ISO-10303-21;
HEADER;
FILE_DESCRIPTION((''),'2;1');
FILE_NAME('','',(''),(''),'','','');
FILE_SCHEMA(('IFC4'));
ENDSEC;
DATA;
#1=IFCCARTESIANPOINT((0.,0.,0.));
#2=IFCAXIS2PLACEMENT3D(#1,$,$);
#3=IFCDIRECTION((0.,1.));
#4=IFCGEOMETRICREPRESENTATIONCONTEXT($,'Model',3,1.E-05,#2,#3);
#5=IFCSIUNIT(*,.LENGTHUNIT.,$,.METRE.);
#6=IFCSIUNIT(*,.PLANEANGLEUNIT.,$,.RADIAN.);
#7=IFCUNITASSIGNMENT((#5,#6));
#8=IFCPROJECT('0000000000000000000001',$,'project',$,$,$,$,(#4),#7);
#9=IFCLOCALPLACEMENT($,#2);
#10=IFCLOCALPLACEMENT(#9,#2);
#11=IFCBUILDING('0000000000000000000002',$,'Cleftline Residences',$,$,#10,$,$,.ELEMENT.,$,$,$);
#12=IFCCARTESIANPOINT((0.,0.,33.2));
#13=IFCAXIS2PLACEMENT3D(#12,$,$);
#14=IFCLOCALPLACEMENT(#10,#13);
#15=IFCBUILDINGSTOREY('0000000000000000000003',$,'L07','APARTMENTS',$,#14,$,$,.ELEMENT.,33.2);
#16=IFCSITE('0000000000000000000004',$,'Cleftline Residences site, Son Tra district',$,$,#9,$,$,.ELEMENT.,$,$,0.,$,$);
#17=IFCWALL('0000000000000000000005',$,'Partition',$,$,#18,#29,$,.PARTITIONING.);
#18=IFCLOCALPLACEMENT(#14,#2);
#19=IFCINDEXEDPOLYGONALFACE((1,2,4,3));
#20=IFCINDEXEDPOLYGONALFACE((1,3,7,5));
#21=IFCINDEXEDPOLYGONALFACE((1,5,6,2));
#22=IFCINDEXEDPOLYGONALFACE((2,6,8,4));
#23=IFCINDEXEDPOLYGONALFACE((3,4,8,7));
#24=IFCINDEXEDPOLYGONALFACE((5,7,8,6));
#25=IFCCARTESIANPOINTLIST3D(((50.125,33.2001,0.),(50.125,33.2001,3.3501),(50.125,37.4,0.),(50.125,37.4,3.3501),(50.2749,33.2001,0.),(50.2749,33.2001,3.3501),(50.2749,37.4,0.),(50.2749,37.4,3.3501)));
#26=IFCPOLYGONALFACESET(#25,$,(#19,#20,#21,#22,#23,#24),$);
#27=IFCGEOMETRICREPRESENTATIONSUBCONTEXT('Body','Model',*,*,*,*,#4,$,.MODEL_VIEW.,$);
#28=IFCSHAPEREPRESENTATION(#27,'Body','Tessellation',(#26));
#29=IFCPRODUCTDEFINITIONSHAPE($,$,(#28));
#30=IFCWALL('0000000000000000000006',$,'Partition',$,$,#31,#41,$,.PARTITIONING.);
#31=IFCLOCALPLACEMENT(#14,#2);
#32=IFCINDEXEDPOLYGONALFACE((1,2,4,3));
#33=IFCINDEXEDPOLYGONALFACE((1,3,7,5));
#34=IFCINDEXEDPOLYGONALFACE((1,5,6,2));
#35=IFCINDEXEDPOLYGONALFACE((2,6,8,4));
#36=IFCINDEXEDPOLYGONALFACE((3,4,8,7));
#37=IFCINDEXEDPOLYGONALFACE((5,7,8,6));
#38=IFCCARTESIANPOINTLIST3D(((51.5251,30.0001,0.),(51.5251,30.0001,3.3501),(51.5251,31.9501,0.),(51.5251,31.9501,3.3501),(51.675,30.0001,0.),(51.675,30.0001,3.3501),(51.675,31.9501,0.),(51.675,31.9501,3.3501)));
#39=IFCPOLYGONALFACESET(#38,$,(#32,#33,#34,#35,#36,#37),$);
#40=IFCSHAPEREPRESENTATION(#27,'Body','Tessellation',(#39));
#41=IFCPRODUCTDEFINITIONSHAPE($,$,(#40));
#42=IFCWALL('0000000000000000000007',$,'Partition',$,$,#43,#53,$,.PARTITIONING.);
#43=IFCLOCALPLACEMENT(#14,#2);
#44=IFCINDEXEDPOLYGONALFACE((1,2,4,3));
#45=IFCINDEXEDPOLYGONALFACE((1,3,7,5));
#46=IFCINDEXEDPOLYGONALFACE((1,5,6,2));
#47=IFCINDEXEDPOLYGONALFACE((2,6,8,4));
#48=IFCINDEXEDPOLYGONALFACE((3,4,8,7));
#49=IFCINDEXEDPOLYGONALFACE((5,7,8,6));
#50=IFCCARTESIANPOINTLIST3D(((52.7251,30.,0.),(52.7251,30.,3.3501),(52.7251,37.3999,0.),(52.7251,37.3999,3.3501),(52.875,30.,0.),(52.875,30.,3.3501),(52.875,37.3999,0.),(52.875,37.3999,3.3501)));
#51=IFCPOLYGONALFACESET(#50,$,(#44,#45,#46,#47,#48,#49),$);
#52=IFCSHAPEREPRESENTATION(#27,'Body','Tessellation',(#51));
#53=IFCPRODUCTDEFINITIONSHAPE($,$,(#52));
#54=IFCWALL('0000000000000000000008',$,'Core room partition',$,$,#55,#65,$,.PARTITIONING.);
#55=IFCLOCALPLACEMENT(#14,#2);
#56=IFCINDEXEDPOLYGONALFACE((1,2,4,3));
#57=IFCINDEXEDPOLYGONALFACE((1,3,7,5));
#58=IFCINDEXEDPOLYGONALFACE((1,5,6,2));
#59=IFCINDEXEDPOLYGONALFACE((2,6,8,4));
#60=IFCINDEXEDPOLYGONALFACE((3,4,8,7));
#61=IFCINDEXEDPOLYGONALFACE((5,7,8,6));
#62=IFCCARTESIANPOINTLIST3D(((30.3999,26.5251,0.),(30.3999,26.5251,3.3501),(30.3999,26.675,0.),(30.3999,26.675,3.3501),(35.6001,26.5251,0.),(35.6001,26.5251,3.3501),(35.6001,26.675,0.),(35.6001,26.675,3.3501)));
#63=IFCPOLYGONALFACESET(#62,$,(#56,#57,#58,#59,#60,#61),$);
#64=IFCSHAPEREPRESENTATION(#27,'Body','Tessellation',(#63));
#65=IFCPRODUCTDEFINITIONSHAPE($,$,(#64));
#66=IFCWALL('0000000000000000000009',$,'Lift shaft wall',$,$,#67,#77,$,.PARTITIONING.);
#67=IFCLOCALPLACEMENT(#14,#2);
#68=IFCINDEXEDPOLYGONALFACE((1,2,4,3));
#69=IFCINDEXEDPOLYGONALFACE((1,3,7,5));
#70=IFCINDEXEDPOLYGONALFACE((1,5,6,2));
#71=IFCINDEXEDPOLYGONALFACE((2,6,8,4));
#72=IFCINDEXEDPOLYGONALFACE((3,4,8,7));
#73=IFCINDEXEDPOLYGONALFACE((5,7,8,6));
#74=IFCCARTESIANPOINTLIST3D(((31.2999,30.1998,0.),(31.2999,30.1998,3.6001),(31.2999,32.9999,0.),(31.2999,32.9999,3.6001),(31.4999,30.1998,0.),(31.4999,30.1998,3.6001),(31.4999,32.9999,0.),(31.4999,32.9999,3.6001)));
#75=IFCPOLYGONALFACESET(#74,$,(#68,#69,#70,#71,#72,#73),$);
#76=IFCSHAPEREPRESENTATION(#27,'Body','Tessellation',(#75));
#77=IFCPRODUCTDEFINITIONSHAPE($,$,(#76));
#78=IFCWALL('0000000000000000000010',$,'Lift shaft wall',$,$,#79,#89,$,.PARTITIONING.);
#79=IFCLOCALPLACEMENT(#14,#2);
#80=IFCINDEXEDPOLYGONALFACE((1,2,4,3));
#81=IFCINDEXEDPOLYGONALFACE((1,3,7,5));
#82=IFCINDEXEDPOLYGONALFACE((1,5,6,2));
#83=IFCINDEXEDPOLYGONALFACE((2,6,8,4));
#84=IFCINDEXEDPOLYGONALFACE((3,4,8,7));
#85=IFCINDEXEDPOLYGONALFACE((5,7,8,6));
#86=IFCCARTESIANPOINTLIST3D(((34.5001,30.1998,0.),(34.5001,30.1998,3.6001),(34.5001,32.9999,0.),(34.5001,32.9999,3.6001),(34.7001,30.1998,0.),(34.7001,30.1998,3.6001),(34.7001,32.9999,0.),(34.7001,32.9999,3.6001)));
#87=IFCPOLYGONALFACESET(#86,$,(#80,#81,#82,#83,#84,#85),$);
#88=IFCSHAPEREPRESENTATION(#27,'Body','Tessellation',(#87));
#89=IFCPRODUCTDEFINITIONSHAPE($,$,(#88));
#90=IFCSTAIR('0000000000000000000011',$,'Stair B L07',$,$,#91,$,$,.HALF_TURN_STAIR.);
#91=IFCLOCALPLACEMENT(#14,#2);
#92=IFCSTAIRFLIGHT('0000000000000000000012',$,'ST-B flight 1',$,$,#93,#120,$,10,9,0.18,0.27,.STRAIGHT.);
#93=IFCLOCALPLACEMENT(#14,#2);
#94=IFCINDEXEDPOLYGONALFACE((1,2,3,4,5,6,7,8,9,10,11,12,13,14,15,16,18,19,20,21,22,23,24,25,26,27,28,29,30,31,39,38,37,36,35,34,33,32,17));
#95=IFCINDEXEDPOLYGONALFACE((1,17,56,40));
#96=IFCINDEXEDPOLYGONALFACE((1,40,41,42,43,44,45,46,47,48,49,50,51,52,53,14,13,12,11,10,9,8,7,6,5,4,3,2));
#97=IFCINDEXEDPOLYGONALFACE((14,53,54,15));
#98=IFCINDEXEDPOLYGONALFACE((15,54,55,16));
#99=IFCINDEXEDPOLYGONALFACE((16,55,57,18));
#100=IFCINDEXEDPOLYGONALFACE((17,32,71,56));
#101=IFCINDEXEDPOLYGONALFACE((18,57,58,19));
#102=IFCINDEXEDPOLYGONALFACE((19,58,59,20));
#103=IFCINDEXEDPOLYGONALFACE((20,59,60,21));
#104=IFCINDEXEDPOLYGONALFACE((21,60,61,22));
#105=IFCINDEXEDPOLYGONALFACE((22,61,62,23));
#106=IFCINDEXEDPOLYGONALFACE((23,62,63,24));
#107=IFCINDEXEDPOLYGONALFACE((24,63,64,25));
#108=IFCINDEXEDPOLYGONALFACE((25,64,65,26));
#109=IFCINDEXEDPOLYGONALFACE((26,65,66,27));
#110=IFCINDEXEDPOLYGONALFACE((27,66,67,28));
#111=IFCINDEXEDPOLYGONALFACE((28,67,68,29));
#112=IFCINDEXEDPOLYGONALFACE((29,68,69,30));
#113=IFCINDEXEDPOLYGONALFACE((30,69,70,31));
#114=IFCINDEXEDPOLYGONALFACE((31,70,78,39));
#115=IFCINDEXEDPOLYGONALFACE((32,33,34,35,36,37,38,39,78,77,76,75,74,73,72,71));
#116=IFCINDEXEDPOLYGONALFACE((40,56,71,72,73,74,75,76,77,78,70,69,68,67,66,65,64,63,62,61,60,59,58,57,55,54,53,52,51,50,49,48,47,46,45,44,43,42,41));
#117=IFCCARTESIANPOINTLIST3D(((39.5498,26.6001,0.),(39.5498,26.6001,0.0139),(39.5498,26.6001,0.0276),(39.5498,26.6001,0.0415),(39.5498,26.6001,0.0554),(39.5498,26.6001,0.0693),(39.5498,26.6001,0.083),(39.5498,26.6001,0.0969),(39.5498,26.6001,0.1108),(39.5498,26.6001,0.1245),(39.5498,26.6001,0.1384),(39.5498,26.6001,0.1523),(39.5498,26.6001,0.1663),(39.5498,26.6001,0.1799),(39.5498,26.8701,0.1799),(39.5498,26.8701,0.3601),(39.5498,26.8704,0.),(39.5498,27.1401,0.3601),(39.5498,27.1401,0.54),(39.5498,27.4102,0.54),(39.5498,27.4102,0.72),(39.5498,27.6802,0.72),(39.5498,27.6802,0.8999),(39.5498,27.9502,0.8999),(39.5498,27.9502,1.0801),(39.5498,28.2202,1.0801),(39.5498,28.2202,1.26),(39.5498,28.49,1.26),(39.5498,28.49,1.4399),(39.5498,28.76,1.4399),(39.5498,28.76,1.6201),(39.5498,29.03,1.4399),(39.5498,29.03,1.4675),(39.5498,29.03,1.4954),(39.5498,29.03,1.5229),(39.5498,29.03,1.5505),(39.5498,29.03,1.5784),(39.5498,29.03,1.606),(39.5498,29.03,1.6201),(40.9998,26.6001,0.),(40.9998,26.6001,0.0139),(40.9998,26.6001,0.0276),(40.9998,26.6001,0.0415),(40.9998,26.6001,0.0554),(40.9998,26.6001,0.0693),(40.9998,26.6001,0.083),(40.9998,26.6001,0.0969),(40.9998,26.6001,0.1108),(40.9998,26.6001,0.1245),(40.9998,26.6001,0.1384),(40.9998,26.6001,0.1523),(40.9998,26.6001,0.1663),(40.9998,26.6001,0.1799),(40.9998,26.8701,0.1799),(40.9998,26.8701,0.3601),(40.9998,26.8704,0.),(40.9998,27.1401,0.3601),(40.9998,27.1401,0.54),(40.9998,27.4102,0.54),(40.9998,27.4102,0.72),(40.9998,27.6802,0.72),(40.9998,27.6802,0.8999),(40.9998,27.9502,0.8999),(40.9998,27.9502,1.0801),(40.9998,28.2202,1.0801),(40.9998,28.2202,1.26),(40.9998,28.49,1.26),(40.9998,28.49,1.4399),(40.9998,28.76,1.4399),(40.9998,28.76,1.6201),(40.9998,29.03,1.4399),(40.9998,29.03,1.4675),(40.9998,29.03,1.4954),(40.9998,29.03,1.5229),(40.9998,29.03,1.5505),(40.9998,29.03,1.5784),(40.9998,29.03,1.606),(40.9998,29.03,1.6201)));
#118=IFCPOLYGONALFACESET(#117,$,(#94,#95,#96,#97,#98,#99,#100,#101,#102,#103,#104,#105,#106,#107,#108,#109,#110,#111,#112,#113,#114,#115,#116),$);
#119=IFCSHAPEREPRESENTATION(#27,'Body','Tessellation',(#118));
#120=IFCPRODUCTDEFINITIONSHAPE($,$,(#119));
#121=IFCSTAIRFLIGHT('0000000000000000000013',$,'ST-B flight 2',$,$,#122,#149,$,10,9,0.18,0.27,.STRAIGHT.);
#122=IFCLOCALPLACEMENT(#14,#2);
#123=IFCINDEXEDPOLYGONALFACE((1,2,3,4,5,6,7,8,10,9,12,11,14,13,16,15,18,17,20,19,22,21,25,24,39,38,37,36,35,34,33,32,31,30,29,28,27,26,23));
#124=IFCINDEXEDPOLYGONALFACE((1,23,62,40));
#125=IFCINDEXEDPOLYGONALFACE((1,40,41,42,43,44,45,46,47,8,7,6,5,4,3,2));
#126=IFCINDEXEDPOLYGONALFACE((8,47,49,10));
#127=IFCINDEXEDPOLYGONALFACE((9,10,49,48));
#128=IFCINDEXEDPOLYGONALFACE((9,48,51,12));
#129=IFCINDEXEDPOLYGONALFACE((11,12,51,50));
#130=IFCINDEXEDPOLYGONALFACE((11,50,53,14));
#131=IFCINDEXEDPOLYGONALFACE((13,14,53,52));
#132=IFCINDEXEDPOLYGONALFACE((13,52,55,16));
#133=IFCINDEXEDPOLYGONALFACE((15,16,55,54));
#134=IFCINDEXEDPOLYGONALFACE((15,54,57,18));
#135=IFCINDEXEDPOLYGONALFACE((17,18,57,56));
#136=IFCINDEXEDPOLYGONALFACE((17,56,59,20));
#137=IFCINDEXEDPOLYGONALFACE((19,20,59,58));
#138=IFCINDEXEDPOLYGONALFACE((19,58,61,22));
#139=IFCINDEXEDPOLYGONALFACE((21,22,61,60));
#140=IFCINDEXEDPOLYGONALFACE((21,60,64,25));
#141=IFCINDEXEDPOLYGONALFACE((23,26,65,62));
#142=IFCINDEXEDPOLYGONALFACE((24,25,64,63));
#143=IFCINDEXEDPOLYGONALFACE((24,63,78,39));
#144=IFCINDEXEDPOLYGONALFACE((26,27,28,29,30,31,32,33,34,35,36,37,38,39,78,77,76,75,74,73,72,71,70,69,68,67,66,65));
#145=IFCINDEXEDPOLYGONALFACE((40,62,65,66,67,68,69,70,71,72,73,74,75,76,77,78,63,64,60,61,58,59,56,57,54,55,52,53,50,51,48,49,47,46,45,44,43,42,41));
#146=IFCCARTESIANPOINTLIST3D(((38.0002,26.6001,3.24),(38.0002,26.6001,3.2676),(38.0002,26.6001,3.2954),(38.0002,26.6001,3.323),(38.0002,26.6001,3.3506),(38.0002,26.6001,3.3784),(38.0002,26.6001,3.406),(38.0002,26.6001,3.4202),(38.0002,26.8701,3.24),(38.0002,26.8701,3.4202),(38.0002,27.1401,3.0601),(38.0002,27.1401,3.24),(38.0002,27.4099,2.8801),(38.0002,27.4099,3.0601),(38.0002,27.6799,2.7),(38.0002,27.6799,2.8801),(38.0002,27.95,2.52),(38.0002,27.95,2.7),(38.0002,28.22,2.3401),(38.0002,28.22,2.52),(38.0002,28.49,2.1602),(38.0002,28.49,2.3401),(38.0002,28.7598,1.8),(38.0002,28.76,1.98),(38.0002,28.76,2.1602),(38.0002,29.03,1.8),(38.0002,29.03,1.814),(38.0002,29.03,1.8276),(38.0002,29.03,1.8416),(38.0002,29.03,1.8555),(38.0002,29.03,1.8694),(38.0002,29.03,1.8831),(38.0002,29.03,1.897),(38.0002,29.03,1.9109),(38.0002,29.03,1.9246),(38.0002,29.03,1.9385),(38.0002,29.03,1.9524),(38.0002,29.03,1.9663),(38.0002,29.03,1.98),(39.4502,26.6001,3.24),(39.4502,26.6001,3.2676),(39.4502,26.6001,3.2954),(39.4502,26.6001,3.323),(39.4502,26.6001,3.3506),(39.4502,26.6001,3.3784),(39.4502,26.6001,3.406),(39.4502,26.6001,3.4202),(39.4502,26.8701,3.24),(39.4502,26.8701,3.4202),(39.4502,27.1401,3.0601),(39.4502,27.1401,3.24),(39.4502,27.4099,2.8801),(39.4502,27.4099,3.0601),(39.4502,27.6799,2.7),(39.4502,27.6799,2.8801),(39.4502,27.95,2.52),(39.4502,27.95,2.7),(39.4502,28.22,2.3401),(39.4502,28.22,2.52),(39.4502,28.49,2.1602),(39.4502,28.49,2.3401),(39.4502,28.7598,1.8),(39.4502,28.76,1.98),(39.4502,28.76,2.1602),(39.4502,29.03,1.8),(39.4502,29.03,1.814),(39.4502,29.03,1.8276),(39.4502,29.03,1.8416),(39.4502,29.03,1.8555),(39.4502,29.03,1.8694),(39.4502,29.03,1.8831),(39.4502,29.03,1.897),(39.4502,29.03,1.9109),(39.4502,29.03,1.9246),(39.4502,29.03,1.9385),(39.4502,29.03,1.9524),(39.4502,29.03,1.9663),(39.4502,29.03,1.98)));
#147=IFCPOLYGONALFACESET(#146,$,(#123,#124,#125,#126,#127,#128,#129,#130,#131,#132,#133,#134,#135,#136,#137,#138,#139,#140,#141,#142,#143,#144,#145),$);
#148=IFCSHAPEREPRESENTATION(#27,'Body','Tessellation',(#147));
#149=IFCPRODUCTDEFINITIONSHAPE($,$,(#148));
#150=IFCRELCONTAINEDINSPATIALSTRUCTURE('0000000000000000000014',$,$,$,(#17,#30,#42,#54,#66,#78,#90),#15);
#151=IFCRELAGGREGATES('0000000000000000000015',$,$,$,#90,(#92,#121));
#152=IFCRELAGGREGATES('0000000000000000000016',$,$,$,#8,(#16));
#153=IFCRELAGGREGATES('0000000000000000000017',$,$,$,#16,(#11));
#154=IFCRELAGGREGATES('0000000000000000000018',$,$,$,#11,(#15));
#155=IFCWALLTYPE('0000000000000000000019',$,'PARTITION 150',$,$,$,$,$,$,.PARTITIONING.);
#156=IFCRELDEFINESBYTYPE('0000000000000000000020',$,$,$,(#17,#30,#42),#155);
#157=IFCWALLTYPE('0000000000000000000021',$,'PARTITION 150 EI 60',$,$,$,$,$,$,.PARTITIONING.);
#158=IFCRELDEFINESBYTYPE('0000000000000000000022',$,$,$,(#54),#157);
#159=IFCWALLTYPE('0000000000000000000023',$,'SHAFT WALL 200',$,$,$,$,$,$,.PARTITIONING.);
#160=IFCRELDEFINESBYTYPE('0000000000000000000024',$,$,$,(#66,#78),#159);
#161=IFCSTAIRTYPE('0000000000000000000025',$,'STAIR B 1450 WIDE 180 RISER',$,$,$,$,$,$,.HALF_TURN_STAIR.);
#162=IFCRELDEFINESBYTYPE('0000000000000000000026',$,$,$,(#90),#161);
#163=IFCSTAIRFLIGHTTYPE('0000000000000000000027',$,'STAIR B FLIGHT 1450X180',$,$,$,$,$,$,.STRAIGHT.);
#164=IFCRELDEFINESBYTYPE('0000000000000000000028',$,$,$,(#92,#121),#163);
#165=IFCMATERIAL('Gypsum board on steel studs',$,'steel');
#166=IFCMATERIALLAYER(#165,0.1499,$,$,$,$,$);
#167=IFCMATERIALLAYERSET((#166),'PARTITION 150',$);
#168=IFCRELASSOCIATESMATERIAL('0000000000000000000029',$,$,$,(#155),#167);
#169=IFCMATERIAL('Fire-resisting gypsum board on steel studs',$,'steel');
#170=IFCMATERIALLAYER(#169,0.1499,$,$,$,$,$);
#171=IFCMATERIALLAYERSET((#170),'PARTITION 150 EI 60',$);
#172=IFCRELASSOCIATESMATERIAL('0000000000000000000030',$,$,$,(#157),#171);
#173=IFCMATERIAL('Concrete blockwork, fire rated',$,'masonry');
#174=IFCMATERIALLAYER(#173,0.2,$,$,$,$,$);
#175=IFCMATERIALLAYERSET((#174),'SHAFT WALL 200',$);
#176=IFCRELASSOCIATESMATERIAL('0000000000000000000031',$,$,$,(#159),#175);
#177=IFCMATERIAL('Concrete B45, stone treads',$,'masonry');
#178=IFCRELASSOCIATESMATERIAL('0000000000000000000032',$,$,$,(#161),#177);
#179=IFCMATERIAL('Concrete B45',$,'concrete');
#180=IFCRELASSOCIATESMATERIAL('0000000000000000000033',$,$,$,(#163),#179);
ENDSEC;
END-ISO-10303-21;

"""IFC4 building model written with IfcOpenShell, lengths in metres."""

from ifc_helpers import new_model, si_unit, direction, frame, frame_2d, origin, place, context, subcontext, project, spatial, polyline, rectangle, outline, extrude, material, layer, layer_set, type_object, element, aggregate, save


model = new_model("IFC4")

# Units and contexts
model_context = context("Model", 3, precision=1e-05, world=origin(), true_north=direction((0.0, 1.0)))
body_context = subcontext(model_context, "Body", "Model", "MODEL_VIEW")
ifc_project = project(units=[si_unit("LENGTHUNIT", "METRE"), si_unit("PLANEANGLEUNIT", "RADIAN")], contexts=[model_context])

# Site, building, storey
site_placement = place(None, origin())
site = spatial("IfcSite", under=ifc_project, at=site_placement, Name="Cleftline Residences site, Son Tra district", CompositionType="ELEMENT", RefElevation=0.0)
building_placement = place(site_placement, origin())
building = spatial("IfcBuilding", under=site, at=building_placement, Name="Cleftline Residences", CompositionType="ELEMENT")
storey_placement = place(building_placement, frame((0.0, 0.0, 33.2)))
storey = spatial("IfcBuildingStorey", under=building, at=storey_placement, Name="L07", Description="APARTMENTS", CompositionType="ELEMENT", Elevation=33.2)

# Shared definitions
ifc_material_1 = material(Name="Gypsum board on steel studs", Category="steel")
ifc_layer_1 = layer(ifc_material_1, 0.1499)
ifc_layer_set_1 = layer_set([ifc_layer_1], Name="PARTITION 150")
wall_type_1 = type_object("IfcWallType", Name="PARTITION 150", PredefinedType="PARTITIONING", material=ifc_layer_set_1)

# Walls
wall_1_placement = place(storey_placement, frame((50.2, 33.2, 0.0), z_axis=(0.0, 0.0, 1.0), x_axis=(0.0, 1.0, 0.0)))
element("IfcWall", 1, at=wall_1_placement, inside=storey, type_object=wall_type_1, Name="Partition", PredefinedType="PARTITIONING", context=body_context, shape_type="SweptSolid", body=[
    extrude(rectangle(XDim=4.2, YDim=0.1499, at=frame_2d((2.1001, 0.0))), origin(), (0.0, 0.0, 1.0), 3.3501),
])
wall_2_placement = place(storey_placement, frame((51.6001, 30.0, 0.0), z_axis=(0.0, 0.0, 1.0), x_axis=(0.0, 1.0, 0.0)))
element("IfcWall", 2, at=wall_2_placement, inside=storey, type_object=wall_type_1, Name="Partition", PredefinedType="PARTITIONING", context=body_context, shape_type="SweptSolid", body=[
    extrude(rectangle(XDim=1.95, YDim=0.1499, at=frame_2d((0.9751, 0.0))), origin(), (0.0, 0.0, 1.0), 3.3501),
])
wall_3_placement = place(storey_placement, frame((52.8, 30.0, 0.0), z_axis=(0.0, 0.0, 1.0), x_axis=(0.0, 1.0, 0.0)))
element("IfcWall", 3, at=wall_3_placement, inside=storey, type_object=wall_type_1, Name="Partition", PredefinedType="PARTITIONING", context=body_context, shape_type="SweptSolid", body=[
    extrude(rectangle(XDim=7.3999, YDim=0.1499, at=frame_2d((3.7, 0.0))), origin(), (0.0, 0.0, 1.0), 3.3501),
])
ifc_material_2 = material(Name="Fire-resisting gypsum board on steel studs", Category="steel")
ifc_layer_2 = layer(ifc_material_2, 0.1499)
ifc_layer_set_2 = layer_set([ifc_layer_2], Name="PARTITION 150 EI 60")
wall_type_2 = type_object("IfcWallType", Name="PARTITION 150 EI 60", PredefinedType="PARTITIONING", material=ifc_layer_set_2)
wall_4_placement = place(storey_placement, frame((30.3999, 26.6001, 0.0), z_axis=(0.0, 0.0, 1.0), x_axis=(1.0, 0.0, 0.0)))
element("IfcWall", 4, at=wall_4_placement, inside=storey, type_object=wall_type_2, Name="Core room partition", PredefinedType="PARTITIONING", context=body_context, shape_type="SweptSolid", body=[
    extrude(rectangle(XDim=5.2002, YDim=0.1499, at=frame_2d((2.6001, 0.0))), origin(), (0.0, 0.0, 1.0), 3.3501),
])
ifc_material_3 = material(Name="Concrete blockwork, fire rated", Category="masonry")
ifc_layer_3 = layer(ifc_material_3, 0.2)
ifc_layer_set_3 = layer_set([ifc_layer_3], Name="SHAFT WALL 200")
wall_type_3 = type_object("IfcWallType", Name="SHAFT WALL 200", PredefinedType="PARTITIONING", material=ifc_layer_set_3)
for number, where, z_axis, x_axis, name in (
    (5, (31.3999, 30.2, 0.0), (0.0, 0.0, 1.0), (0.0, 1.0, 0.0), "Lift shaft wall"),
    (6, (34.6001, 30.2, 0.0), (0.0, 0.0, 1.0), (0.0, 1.0, 0.0), "Lift shaft wall"),
):
    element("IfcWall", number, at=place(storey_placement, frame(where, z_axis=z_axis, x_axis=x_axis)), inside=storey, type_object=wall_type_3, Name=name, PredefinedType="PARTITIONING", context=body_context, shape_type="SweptSolid", body=[
        extrude(rectangle(XDim=2.8, YDim=0.2, at=frame_2d((1.3999, 0.0))), origin(), (0.0, 0.0, 1.0), 3.6001),
    ])

# Stair, stair flights
ifc_material_4 = material(Name="Concrete B45, stone treads", Category="masonry")
stair_type = type_object("IfcStairType", Name="STAIR B 1450 WIDE 180 RISER", PredefinedType="HALF_TURN_STAIR", material=ifc_material_4)
stair_placement = place(storey_placement, origin())
stair = element("IfcStair", 7, at=stair_placement, inside=storey, type_object=stair_type, Name="Stair B L07", PredefinedType="HALF_TURN_STAIR")
ifc_material_5 = material(Name="Concrete B45", Category="concrete")
stair_flight_type = type_object("IfcStairFlightType", Name="STAIR B FLIGHT 1450X180", PredefinedType="STRAIGHT", material=ifc_material_5)
stair_flight_1_placement = place(storey_placement, frame((40.2749, 26.6001, 0.0), z_axis=(0.0, 0.0, 1.0), x_axis=(0.0, 1.0, 0.0)))
stair_flight_1 = element("IfcStairFlight", 8, at=stair_flight_1_placement, type_object=stair_flight_type, Name="ST-B flight 1", NumberOfRisers=10, NumberOfTreads=9, PredefinedType="STRAIGHT", RiserHeight=0.18, TreadLength=0.27, context=body_context, shape_type="SweptSolid", body=[
    extrude(outline(polyline([(0.0, 0.0), (0.0, 0.0139), (0.0, 0.0276), (0.0, 0.0415), (0.0, 0.0554), (0.0, 0.0693), (0.0, 0.083), (0.0, 0.0969), (0.0, 0.1108), (0.0, 0.1245), (0.0, 0.1384), (0.0, 0.1523), (0.0, 0.1663), (0.0, 0.1799), (0.27, 0.1799), (0.27, 0.3601), (0.54, 0.3601), (0.54, 0.54), (0.8101, 0.54), (0.8101, 0.72), (1.0801, 0.72), (1.0801, 0.8999), (1.3501, 0.8999), (1.3501, 1.0801), (1.6201, 1.0801), (1.6201, 1.26), (1.8899, 1.26), (1.8899, 1.4399), (2.1599, 1.4399), (2.1599, 1.6201), (2.4299, 1.6201), (2.4299, 1.8), (2.4299, 1.7722), (2.4299, 1.7446), (2.4299, 1.7168), (2.4299, 1.6892), (2.4299, 1.6614), (2.4299, 1.6338), (2.4299, 1.606), (2.4299, 1.5784), (2.4299, 1.5505), (2.4299, 1.5229), (2.4299, 1.4954), (2.4299, 1.4675), (2.4299, 1.4399), (0.2703, 0.0), (0.0, 0.0)])), frame((0.0, 0.7251, 0.0), z_axis=(0.0, -1.0, 0.0), x_axis=(1.0, 0.0, 0.0)), (0.0, 0.0, 1.0), 1.45),
])
stair_flight_2_placement = place(storey_placement, frame((38.7251, 29.03, 1.8), z_axis=(0.0, 0.0, 1.0), x_axis=(0.0, -1.0, 0.0)))
stair_flight_2 = element("IfcStairFlight", 9, at=stair_flight_2_placement, type_object=stair_flight_type, Name="ST-B flight 2", NumberOfRisers=10, NumberOfTreads=9, PredefinedType="STRAIGHT", RiserHeight=0.18, TreadLength=0.27, context=body_context, shape_type="SweptSolid", body=[
    extrude(outline(polyline([(0.0, 0.0), (0.0, 0.0139), (0.0, 0.0276), (0.0, 0.0415), (0.0, 0.0554), (0.0, 0.0693), (0.0, 0.083), (0.0, 0.0969), (0.0, 0.1108), (0.0, 0.1245), (0.0, 0.1384), (0.0, 0.1523), (0.0, 0.1663), (0.0, 0.1799), (0.27, 0.1799), (0.27, 0.3601), (0.54, 0.3601), (0.54, 0.54), (0.8101, 0.54), (0.8101, 0.72), (1.0801, 0.72), (1.0801, 0.8999), (1.3501, 0.8999), (1.3501, 1.0801), (1.6201, 1.0801), (1.6201, 1.26), (1.8899, 1.26), (1.8899, 1.4399), (2.1599, 1.4399), (2.1599, 1.6201), (2.4299, 1.6201), (2.4299, 1.8), (2.4299, 1.7722), (2.4299, 1.7446), (2.4299, 1.7168), (2.4299, 1.6892), (2.4299, 1.6614), (2.4299, 1.6338), (2.4299, 1.606), (2.4299, 1.5784), (2.4299, 1.5505), (2.4299, 1.5229), (2.4299, 1.4954), (2.4299, 1.4675), (2.4299, 1.4399), (0.2703, 0.0), (0.0, 0.0)])), frame((0.0, 0.7251, 0.0), z_axis=(0.0, -1.0, 0.0), x_axis=(1.0, 0.0, 0.0)), (0.0, 0.0, 1.0), 1.45),
])
aggregate(stair, [stair_flight_1, stair_flight_2])

save(model, "model.ifc")
